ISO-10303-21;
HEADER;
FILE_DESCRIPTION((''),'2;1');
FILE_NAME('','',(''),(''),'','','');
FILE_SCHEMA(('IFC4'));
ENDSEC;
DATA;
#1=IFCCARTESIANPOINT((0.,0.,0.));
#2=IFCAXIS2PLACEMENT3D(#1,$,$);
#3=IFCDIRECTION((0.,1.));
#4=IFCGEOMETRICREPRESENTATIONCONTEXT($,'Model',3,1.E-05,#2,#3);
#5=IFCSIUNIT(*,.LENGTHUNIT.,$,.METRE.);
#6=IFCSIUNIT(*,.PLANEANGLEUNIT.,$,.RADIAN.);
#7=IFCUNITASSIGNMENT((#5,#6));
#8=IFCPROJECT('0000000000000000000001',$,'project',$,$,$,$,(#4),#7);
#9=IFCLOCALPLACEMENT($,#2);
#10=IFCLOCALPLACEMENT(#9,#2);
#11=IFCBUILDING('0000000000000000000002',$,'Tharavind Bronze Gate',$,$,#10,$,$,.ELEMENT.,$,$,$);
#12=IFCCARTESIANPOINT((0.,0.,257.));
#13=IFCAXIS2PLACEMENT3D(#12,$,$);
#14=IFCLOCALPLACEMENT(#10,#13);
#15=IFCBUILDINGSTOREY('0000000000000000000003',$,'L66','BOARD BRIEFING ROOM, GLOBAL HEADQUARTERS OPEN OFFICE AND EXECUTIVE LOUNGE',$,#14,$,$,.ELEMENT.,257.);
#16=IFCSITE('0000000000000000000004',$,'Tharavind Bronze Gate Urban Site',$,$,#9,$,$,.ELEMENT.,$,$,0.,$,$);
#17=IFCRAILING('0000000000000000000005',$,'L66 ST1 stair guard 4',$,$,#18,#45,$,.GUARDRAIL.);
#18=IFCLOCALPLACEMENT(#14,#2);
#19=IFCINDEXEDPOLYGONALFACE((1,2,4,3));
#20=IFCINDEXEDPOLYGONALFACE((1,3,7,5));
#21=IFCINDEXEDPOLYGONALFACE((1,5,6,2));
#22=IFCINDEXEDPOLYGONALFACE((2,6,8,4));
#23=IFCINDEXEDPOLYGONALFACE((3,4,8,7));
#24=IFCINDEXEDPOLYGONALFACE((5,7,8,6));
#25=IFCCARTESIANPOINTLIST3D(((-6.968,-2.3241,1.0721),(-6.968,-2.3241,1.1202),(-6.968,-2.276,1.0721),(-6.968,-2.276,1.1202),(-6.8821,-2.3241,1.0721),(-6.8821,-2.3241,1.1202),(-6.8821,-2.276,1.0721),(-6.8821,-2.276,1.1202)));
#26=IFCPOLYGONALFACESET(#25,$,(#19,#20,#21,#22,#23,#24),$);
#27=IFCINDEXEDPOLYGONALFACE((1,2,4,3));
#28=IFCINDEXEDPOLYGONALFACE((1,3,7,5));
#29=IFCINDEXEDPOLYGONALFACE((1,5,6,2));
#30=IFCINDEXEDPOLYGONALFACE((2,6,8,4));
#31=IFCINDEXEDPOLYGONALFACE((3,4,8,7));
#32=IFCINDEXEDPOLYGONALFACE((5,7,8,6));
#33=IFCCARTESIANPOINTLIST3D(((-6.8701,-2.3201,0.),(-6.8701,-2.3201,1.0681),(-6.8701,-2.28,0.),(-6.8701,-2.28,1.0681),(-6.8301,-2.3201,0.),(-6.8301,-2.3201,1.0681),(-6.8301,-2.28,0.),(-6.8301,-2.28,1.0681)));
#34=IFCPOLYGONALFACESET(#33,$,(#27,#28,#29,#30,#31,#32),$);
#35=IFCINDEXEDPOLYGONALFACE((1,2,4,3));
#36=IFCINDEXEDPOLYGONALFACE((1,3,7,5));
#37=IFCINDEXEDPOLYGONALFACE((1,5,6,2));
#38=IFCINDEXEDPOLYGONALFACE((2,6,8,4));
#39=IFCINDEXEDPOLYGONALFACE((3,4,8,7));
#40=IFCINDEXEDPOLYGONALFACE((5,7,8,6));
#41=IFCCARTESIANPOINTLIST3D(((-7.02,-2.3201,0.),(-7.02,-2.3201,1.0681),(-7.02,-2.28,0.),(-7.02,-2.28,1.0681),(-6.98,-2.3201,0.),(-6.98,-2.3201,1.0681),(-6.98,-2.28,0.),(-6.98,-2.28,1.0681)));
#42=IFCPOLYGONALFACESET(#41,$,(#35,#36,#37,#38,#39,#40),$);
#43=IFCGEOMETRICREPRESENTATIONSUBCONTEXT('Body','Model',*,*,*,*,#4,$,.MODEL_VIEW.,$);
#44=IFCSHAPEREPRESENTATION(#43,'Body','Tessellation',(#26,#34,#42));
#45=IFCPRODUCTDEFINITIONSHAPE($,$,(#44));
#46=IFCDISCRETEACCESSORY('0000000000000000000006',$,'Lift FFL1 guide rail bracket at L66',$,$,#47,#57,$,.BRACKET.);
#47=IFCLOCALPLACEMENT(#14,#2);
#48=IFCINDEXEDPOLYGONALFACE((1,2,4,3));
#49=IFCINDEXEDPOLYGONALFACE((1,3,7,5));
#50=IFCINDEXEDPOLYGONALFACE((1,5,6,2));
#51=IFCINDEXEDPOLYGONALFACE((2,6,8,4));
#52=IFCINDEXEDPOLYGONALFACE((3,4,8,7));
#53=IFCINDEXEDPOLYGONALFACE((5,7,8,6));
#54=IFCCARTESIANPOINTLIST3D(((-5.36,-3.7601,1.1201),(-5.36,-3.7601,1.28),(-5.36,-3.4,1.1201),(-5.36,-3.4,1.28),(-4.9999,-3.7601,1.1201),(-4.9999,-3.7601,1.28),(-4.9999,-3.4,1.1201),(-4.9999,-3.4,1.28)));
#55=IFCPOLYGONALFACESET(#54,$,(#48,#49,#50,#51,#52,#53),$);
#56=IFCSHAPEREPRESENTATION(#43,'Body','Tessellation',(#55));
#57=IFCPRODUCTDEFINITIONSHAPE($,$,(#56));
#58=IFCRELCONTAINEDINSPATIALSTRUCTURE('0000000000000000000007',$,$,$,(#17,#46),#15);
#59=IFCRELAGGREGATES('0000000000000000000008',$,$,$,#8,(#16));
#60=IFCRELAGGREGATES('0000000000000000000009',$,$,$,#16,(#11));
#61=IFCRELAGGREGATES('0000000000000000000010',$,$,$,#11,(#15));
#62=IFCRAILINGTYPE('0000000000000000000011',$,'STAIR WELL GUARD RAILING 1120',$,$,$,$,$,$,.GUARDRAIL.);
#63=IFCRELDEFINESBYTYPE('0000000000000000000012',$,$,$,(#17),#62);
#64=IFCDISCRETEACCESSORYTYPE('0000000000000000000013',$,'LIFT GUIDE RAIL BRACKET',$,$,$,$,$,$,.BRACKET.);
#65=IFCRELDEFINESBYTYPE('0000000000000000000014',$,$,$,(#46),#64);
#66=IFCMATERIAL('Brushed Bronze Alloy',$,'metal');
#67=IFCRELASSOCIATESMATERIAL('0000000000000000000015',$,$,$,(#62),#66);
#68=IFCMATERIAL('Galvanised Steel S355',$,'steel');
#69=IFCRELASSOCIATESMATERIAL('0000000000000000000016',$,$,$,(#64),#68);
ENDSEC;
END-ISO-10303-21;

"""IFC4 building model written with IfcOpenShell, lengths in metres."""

from ifc_helpers import new_model, si_unit, direction, frame, origin, origin_2d, place, context, subcontext, project, spatial, rectangle, extrude, material, type_object, element, save


model = new_model("IFC4")

# Units and contexts
model_context = context("Model", 3, precision=1e-05, world=origin(), true_north=direction((0.0, 1.0)))
body_context = subcontext(model_context, "Body", "Model", "MODEL_VIEW")
ifc_project = project(units=[si_unit("LENGTHUNIT", "METRE"), si_unit("PLANEANGLEUNIT", "RADIAN")], contexts=[model_context])

# Site, building, storey
site_placement = place(None, origin())
site = spatial("IfcSite", under=ifc_project, at=site_placement, Name="Tharavind Bronze Gate Urban Site", CompositionType="ELEMENT", RefElevation=0.0)
building_placement = place(site_placement, origin())
building = spatial("IfcBuilding", under=site, at=building_placement, Name="Tharavind Bronze Gate", CompositionType="ELEMENT")
storey_placement = place(building_placement, frame((0.0, 0.0, 257.0)))
storey = spatial("IfcBuildingStorey", under=building, at=storey_placement, Name="L66", Description="BOARD BRIEFING ROOM, GLOBAL HEADQUARTERS OPEN OFFICE AND EXECUTIVE LOUNGE", CompositionType="ELEMENT", Elevation=257.0)

# Railing
ifc_material_1 = material(Name="Brushed Bronze Alloy", Category="metal")
railing_type_1 = type_object("IfcRailingType", Name="STAIR WELL GUARD RAILING 1120", PredefinedType="GUARDRAIL", material=ifc_material_1)
railing_1_placement = place(storey_placement, frame((-6.8501, -2.3, 0.0)))
element("IfcRailing", 1, at=railing_1_placement, inside=storey, type_object=railing_type_1, Name="L66 ST1 stair guard 4", PredefinedType="GUARDRAIL", context=body_context, shape_type="SweptSolid", body=[
    extrude(rectangle(XDim=0.0481, YDim=0.0481, at=origin_2d()), frame((-0.032, 0.0, 1.0962), z_axis=(-1.0, 0.0, 0.0), x_axis=(0.0, -1.0, 0.0)), (0.0, 0.0, 1.0), 0.0859),
    extrude(rectangle(XDim=0.04, YDim=0.04, at=origin_2d()), origin(), (0.0, 0.0, 1.0), 1.0681),
    extrude(rectangle(XDim=0.04, YDim=0.04, at=origin_2d()), frame((-0.1499, 0.0, 0.0)), (0.0, 0.0, 1.0), 1.0681),
])

# Discrete accessory
ifc_material_2 = material(Name="Galvanised Steel S355", Category="steel")
discrete_accessory_type = type_object("IfcDiscreteAccessoryType", Name="LIFT GUIDE RAIL BRACKET", PredefinedType="BRACKET", material=ifc_material_2)
discrete_accessory_placement = place(storey_placement, frame((-5.1799, -3.5801, 1.1201), z_axis=(0.0, 0.0, 1.0), x_axis=(1.0, 0.0, 0.0)))
element("IfcDiscreteAccessory", 2, at=discrete_accessory_placement, inside=storey, type_object=discrete_accessory_type, Name="Lift FFL1 guide rail bracket at L66", PredefinedType="BRACKET", context=body_context, shape_type="SweptSolid", body=[
    extrude(rectangle(XDim=0.3601, YDim=0.3601, at=origin_2d()), origin(), (0.0, 0.0, 1.0), 0.1599),
])

save(model, "model.ifc")
